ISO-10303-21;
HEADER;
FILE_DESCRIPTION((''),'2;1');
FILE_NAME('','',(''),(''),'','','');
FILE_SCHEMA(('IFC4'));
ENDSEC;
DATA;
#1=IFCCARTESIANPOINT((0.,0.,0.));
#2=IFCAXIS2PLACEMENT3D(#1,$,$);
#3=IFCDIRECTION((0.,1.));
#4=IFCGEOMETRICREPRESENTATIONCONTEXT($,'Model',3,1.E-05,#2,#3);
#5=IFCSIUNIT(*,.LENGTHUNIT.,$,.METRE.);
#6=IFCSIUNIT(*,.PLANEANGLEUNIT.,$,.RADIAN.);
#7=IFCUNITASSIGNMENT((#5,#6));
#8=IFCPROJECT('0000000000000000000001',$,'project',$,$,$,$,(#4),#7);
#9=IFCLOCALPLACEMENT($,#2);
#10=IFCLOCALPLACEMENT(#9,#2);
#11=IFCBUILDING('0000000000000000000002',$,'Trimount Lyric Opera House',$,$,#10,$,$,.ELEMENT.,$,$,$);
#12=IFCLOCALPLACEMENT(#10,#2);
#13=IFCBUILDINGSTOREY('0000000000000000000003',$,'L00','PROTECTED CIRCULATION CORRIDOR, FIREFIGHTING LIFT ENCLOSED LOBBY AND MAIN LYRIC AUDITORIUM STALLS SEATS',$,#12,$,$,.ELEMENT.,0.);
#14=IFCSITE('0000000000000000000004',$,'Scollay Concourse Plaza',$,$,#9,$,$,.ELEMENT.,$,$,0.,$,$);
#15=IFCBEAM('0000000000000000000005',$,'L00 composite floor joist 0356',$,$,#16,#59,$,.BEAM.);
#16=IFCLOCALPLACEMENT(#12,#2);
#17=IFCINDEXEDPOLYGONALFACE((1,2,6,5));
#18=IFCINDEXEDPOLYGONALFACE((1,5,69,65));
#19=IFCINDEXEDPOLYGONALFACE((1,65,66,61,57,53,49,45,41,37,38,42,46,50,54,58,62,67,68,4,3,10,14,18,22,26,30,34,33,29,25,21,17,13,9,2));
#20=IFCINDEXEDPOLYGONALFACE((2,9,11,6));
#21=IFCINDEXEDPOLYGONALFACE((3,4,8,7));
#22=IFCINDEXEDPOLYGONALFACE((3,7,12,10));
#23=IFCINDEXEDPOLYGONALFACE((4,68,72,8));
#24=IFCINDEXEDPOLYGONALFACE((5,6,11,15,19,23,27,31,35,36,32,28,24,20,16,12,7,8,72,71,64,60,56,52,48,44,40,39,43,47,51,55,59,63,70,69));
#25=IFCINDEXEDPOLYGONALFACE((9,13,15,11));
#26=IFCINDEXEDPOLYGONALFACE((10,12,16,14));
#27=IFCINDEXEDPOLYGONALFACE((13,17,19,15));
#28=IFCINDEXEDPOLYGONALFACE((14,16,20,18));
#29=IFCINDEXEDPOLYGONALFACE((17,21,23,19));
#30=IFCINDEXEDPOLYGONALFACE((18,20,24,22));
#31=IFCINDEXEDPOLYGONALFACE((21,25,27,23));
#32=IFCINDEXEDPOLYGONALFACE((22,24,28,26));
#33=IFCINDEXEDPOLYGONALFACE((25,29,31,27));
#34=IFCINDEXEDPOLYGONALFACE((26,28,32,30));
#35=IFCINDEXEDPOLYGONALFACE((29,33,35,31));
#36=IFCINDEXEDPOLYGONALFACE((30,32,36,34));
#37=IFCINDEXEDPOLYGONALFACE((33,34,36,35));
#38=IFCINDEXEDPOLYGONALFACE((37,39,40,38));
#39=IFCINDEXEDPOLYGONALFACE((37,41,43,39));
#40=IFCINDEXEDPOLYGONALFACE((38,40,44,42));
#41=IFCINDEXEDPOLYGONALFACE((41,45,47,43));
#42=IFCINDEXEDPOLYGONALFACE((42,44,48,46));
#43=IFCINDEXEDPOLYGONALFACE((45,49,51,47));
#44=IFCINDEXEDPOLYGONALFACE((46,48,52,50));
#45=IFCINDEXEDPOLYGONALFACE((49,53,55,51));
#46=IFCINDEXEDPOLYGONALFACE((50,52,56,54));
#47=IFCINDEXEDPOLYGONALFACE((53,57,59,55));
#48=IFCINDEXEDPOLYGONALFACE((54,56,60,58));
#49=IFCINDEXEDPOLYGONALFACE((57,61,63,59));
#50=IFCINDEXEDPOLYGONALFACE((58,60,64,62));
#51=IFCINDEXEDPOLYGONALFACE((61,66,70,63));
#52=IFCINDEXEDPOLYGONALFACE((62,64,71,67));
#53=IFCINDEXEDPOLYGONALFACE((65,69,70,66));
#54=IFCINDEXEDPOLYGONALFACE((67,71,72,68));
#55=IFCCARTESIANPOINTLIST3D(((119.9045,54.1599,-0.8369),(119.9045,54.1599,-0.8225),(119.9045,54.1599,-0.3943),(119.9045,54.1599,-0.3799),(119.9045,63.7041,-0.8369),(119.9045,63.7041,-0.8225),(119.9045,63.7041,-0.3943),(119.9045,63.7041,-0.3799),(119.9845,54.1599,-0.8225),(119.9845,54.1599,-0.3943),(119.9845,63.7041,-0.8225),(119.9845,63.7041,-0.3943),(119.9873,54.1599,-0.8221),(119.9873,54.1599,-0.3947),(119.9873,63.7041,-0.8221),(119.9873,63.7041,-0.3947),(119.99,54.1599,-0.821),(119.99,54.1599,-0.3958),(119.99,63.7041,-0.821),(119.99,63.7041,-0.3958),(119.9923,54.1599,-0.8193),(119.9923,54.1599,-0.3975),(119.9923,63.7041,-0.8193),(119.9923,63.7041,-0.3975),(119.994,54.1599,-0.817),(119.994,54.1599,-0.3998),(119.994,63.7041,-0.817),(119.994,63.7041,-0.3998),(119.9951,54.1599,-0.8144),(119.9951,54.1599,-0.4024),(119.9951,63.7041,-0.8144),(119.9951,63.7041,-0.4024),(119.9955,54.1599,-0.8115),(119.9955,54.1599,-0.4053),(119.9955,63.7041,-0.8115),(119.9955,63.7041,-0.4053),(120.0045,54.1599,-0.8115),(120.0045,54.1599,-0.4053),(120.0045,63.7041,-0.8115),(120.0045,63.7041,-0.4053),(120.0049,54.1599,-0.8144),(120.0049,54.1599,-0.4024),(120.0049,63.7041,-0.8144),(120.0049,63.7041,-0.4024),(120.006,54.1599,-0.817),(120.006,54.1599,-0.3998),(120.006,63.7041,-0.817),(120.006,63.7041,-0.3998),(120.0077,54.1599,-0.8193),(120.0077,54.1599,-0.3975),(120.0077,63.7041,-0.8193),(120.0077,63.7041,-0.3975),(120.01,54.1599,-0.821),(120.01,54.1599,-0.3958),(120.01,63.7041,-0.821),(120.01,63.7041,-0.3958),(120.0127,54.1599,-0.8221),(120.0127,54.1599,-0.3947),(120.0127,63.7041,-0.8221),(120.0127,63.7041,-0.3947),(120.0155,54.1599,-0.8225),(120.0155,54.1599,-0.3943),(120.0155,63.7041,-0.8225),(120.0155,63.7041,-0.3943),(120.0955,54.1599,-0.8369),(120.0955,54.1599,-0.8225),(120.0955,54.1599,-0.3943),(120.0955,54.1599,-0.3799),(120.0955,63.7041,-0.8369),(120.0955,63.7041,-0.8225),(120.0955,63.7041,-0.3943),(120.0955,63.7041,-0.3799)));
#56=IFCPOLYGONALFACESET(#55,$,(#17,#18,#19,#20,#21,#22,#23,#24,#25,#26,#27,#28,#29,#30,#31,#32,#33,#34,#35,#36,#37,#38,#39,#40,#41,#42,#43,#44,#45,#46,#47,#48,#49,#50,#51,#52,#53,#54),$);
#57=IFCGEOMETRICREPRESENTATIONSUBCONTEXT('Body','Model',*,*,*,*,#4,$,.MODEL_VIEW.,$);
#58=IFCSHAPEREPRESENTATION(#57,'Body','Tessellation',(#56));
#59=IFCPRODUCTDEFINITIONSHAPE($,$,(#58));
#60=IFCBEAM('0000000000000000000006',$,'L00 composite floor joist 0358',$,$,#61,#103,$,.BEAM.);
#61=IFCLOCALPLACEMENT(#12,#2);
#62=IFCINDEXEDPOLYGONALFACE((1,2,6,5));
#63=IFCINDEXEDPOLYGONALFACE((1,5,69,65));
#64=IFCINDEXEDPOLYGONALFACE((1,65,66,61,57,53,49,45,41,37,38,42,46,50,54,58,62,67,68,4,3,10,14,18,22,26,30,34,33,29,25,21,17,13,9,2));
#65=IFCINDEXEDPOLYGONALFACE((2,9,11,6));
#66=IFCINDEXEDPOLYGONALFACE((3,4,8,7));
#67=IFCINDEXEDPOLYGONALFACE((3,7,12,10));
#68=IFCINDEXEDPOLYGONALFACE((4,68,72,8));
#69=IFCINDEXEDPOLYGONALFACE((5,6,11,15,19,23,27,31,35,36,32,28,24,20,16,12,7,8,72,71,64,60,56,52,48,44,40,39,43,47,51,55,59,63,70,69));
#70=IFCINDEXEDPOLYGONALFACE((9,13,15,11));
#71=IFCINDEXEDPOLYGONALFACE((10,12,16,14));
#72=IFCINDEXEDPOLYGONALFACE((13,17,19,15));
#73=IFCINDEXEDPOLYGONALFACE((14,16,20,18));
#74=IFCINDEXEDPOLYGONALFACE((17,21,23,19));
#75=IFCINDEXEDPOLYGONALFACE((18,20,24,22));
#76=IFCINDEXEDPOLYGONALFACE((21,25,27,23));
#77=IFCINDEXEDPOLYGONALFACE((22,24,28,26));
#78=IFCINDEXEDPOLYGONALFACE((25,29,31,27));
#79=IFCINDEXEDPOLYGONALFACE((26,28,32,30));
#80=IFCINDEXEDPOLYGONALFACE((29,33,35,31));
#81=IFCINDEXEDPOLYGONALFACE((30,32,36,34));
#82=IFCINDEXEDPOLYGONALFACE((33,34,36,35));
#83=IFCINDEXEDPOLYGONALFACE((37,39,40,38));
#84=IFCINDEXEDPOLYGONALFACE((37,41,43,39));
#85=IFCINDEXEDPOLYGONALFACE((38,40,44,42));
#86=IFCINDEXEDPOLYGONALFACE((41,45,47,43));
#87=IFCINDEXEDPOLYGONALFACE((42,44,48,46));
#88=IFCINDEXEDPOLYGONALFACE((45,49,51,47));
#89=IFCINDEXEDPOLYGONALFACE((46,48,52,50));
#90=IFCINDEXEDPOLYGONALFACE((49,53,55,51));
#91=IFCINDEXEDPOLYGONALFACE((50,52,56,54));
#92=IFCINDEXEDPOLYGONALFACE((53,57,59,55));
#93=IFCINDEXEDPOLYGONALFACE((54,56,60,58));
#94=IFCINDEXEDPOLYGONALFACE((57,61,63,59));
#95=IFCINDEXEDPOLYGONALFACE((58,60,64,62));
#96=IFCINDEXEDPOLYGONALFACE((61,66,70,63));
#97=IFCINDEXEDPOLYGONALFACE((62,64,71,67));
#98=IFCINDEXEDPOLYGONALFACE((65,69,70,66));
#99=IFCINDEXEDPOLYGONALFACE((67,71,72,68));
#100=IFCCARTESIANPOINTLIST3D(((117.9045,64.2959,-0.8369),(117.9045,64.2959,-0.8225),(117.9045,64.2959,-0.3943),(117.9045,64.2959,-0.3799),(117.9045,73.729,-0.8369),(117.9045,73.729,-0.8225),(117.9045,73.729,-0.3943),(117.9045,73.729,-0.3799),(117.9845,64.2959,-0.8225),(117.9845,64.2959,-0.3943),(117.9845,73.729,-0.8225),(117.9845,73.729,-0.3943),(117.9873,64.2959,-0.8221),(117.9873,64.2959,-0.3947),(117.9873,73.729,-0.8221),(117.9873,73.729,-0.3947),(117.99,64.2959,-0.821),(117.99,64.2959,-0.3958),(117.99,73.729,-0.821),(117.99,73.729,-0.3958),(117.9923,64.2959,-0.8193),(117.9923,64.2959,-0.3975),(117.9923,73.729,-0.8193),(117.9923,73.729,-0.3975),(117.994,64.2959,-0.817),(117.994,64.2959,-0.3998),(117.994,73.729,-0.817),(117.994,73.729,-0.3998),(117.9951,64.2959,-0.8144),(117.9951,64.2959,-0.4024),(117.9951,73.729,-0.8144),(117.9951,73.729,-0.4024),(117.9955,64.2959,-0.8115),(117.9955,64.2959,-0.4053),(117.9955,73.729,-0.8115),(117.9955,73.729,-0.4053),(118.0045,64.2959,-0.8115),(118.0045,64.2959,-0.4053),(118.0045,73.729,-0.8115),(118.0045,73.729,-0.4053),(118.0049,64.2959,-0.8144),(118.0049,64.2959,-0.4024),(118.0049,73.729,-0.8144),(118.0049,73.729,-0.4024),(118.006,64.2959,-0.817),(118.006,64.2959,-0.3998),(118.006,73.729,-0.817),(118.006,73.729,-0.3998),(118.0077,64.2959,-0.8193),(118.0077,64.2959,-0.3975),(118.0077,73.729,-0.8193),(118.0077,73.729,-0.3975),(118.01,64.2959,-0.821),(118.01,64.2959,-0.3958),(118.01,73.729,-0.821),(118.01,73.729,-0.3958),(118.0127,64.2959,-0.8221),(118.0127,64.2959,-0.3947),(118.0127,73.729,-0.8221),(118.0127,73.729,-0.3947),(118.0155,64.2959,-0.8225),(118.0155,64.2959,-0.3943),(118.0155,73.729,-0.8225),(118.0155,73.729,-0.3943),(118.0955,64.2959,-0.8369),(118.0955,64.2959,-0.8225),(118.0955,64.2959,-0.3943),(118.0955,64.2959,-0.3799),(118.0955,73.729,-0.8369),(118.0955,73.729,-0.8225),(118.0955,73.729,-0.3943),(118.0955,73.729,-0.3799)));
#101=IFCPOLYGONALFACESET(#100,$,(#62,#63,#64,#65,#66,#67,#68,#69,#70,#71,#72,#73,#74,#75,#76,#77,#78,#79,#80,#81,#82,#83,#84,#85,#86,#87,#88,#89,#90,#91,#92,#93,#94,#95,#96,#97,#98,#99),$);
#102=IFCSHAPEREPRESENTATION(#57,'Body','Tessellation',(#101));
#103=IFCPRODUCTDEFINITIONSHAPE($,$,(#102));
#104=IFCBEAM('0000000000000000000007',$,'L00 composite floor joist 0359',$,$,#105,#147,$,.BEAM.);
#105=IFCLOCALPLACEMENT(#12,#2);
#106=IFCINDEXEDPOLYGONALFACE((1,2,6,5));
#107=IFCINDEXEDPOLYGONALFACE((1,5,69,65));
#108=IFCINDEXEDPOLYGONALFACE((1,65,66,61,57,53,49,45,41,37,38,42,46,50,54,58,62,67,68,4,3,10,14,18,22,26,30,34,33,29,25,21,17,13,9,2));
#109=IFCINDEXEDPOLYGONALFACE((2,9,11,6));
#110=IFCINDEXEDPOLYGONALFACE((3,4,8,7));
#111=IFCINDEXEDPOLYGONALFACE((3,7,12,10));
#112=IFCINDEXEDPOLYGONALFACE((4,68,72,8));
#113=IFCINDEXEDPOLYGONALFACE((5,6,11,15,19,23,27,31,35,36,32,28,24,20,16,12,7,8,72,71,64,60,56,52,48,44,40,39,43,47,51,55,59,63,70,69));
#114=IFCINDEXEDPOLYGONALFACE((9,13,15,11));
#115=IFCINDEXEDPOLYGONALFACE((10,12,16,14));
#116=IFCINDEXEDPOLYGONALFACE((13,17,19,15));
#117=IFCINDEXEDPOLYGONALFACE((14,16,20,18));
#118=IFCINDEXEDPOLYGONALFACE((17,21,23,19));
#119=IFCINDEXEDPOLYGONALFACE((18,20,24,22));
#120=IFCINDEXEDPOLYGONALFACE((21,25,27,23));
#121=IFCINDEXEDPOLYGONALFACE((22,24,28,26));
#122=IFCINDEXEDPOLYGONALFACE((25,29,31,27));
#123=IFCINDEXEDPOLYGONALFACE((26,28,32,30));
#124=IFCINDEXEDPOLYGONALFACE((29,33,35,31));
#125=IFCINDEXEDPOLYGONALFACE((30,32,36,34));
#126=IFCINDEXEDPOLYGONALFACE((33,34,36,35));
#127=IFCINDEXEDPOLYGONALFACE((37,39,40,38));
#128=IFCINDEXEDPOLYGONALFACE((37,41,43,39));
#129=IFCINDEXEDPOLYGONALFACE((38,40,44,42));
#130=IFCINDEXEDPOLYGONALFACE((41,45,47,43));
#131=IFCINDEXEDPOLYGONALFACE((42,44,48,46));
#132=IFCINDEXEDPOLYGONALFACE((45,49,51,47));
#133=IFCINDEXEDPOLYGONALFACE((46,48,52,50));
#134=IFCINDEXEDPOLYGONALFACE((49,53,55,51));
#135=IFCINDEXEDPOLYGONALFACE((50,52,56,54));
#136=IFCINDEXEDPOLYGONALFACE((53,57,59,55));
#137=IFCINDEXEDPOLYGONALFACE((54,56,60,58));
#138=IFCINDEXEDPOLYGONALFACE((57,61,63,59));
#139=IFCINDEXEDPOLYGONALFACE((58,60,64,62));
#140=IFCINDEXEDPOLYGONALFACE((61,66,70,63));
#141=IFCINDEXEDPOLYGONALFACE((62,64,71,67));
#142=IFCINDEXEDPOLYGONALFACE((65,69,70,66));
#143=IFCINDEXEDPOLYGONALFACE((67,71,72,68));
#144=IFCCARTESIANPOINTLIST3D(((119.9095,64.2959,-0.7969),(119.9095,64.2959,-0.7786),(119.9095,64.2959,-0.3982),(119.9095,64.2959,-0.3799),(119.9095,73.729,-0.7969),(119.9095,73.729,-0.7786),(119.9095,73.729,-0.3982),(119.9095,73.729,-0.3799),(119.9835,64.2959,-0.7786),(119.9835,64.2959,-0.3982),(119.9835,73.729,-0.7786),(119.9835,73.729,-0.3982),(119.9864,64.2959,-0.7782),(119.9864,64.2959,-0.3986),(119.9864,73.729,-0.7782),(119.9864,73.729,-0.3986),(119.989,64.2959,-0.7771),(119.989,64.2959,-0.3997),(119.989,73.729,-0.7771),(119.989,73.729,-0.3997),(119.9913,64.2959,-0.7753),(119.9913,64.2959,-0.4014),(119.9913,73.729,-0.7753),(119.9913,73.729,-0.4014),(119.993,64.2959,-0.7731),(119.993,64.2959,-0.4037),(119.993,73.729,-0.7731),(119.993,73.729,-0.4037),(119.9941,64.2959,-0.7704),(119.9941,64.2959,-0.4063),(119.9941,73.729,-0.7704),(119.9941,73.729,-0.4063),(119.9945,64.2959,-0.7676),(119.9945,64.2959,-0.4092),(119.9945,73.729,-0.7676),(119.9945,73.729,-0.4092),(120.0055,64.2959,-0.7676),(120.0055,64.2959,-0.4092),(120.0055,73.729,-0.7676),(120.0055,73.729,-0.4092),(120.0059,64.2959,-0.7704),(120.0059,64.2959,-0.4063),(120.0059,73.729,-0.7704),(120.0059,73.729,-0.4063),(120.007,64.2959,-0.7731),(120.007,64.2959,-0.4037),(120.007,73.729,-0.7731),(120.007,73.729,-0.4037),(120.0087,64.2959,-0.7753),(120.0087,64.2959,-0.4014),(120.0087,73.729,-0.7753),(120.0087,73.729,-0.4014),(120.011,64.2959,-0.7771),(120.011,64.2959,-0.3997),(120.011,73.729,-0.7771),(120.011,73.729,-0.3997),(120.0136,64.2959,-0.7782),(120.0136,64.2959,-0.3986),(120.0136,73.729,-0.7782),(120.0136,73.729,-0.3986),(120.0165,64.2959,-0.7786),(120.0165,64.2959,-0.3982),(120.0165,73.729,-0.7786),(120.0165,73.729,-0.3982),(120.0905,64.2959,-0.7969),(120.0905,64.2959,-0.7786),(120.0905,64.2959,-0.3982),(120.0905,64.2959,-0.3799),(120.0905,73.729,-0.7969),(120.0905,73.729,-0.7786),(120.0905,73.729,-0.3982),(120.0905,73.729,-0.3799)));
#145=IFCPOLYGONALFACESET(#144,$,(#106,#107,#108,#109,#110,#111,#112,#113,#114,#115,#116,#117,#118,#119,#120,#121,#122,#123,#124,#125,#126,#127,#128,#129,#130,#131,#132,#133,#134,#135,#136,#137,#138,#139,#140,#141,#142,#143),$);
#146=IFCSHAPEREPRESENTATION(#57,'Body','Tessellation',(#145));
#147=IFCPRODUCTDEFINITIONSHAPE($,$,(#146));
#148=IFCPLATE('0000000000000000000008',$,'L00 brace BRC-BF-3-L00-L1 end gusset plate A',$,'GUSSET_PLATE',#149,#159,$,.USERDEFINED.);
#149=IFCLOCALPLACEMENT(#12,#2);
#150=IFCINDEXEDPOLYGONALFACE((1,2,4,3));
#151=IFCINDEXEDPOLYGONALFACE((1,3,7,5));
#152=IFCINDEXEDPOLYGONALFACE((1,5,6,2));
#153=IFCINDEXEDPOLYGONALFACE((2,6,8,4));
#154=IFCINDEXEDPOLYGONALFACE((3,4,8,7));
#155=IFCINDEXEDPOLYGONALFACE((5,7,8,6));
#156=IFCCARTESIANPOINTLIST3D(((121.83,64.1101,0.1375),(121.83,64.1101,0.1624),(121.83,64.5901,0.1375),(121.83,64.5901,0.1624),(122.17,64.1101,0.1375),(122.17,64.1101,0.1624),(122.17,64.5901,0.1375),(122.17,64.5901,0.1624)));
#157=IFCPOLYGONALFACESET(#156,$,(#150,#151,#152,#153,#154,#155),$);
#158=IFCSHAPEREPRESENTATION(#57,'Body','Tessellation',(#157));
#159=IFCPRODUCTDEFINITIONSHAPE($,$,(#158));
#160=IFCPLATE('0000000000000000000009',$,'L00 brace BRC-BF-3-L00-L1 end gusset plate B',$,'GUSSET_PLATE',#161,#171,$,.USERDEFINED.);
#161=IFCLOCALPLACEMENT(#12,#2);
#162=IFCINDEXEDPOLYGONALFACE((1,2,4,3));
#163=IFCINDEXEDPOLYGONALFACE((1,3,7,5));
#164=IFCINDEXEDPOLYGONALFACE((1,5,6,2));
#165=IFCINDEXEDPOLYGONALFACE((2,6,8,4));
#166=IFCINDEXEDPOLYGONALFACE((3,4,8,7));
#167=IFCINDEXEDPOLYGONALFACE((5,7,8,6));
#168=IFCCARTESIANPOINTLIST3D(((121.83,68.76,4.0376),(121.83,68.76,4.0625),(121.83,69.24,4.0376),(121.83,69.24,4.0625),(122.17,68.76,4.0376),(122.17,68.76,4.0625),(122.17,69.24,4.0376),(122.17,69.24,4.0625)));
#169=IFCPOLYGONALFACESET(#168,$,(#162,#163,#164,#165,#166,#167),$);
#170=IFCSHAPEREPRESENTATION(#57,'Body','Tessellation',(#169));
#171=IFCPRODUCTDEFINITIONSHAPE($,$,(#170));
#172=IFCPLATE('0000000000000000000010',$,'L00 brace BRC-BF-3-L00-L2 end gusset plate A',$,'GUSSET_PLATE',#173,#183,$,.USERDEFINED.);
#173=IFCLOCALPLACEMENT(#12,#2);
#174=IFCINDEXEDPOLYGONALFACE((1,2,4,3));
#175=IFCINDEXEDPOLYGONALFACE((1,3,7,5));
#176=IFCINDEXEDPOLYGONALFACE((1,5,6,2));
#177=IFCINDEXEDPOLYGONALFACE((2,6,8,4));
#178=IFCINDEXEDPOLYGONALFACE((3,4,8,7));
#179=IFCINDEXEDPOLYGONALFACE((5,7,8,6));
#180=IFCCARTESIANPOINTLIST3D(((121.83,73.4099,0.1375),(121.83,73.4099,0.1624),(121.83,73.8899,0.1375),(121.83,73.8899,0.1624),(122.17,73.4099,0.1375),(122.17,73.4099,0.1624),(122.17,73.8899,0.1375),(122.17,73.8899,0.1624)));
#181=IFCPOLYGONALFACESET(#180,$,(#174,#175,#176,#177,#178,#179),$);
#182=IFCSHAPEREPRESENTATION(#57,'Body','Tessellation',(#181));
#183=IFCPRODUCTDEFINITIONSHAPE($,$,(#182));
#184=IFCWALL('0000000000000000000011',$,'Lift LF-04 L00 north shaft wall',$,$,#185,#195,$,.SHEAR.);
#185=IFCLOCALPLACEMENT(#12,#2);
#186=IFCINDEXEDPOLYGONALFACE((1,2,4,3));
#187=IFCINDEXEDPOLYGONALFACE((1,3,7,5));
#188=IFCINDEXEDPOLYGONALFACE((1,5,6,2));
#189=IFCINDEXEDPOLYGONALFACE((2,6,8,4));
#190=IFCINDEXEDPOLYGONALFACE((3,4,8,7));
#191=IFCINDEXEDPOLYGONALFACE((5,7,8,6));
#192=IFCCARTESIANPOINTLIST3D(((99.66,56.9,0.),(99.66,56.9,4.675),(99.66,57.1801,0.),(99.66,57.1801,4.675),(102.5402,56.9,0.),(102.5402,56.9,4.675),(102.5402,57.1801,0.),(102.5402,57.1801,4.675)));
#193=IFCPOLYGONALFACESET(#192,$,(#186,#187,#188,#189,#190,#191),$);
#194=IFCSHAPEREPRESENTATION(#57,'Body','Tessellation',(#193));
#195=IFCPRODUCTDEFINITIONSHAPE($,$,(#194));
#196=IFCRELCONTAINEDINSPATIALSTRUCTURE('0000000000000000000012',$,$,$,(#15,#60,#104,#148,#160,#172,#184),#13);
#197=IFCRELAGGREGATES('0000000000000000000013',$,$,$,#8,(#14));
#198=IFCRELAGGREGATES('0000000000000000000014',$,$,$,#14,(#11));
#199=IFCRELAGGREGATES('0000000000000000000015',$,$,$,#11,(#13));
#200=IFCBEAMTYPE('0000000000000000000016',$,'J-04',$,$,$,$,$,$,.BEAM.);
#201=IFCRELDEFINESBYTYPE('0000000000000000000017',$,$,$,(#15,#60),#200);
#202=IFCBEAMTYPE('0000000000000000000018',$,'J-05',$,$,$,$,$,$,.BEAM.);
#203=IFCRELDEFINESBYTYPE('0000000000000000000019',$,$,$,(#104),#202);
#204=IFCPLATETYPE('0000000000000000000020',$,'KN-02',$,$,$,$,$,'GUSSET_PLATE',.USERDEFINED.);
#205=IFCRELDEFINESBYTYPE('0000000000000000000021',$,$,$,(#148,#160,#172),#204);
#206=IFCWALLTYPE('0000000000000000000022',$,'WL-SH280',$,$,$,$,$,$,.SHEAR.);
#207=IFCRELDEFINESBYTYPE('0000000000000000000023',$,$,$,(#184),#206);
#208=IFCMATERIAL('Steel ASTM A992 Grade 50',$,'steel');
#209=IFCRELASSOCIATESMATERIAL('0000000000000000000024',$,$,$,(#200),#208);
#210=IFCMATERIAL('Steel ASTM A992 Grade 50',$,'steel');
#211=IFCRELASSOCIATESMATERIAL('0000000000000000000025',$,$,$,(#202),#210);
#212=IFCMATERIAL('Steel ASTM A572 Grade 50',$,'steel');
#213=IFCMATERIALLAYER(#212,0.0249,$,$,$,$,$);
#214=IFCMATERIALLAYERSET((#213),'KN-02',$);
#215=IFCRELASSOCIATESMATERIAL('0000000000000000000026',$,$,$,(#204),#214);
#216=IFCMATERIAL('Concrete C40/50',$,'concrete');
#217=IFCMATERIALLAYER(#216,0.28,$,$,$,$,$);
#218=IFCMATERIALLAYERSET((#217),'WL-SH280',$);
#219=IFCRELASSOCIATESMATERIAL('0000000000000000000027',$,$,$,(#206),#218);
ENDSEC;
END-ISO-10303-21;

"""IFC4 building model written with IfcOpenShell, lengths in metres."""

from ifc_helpers import new_model, si_unit, direction, frame, frame_2d, origin, origin_2d, place, context, subcontext, project, spatial, rectangle, i_section, extrude, material, layer, layer_set, material_profile, profile_set, type_object, element, save


model = new_model("IFC4")

# Units and contexts
model_context = context("Model", 3, precision=1e-05, world=origin(), true_north=direction((0.0, 1.0)))
body_context = subcontext(model_context, "Body", "Model", "MODEL_VIEW")
ifc_project = project(units=[si_unit("LENGTHUNIT", "METRE"), si_unit("PLANEANGLEUNIT", "RADIAN")], contexts=[model_context])

# Site, building, storey
site_placement = place(None, origin())
site = spatial("IfcSite", under=ifc_project, at=site_placement, Name="Scollay Concourse Plaza", CompositionType="ELEMENT", RefElevation=0.0)
building_placement = place(site_placement, origin())
building = spatial("IfcBuilding", under=site, at=building_placement, Name="Trimount Lyric Opera House", CompositionType="ELEMENT")
storey_placement = place(building_placement, origin())
storey = spatial("IfcBuildingStorey", under=building, at=storey_placement, Name="L00", Description="PROTECTED CIRCULATION CORRIDOR, FIREFIGHTING LIFT ENCLOSED LOBBY AND MAIN LYRIC AUDITORIUM STALLS SEATS", CompositionType="ELEMENT", Elevation=0.0)

# Beams
ifc_material_1 = material(Name="Steel ASTM A992 Grade 50", Category="steel")
ifc_material_profile_1 = material_profile(ifc_material_1, i_section(OverallWidth=0.1909, OverallDepth=0.457, WebThickness=0.009, FlangeThickness=0.0144, FilletRadius=0.011, at=origin_2d()), Name="W18X50")
ifc_profile_set_1 = profile_set([ifc_material_profile_1], Name="Steel ASTM A992 Grade 50")
beam_type_1 = type_object("IfcBeamType", Name="J-04", PredefinedType="BEAM", material=ifc_profile_set_1)
for number, where, z_axis, x_axis, name in (
    (1, (120.0, 54.1599, -0.6084), (0.0, 1.0, 0.0), (-1.0, 0.0, 0.0), "L00 composite floor joist 0356"),
):
    element("IfcBeam", number, at=place(storey_placement, frame(where, z_axis=z_axis, x_axis=x_axis)), inside=storey, type_object=beam_type_1, Name=name, PredefinedType="BEAM", context=body_context, shape_type="SweptSolid", body=[
        extrude(i_section(OverallWidth=0.1909, OverallDepth=0.457, WebThickness=0.009, FlangeThickness=0.0144, FilletRadius=0.011, at=origin_2d()), origin(), (0.0, 0.0, 1.0), 9.5442),
    ])
beam_1_placement = place(storey_placement, frame((118.0, 64.2959, -0.6084), z_axis=(0.0, 1.0, 0.0), x_axis=(-1.0, 0.0, 0.0)))
element("IfcBeam", 2, at=beam_1_placement, inside=storey, type_object=beam_type_1, Name="L00 composite floor joist 0358", PredefinedType="BEAM", context=body_context, shape_type="SweptSolid", body=[
    extrude(i_section(OverallWidth=0.1909, OverallDepth=0.457, WebThickness=0.009, FlangeThickness=0.0144, FilletRadius=0.011, at=origin_2d()), origin(), (0.0, 0.0, 1.0), 9.4331),
])
ifc_material_2 = material(Name="Steel ASTM A992 Grade 50", Category="steel")
ifc_material_profile_2 = material_profile(ifc_material_2, i_section(OverallWidth=0.1809, OverallDepth=0.417, WebThickness=0.011, FlangeThickness=0.0183, FilletRadius=0.011, at=origin_2d()), Name="W16X57")
ifc_profile_set_2 = profile_set([ifc_material_profile_2], Name="Steel ASTM A992 Grade 50")
beam_type_2 = type_object("IfcBeamType", Name="J-05", PredefinedType="BEAM", material=ifc_profile_set_2)
beam_2_placement = place(storey_placement, frame((120.0, 64.2959, -0.5884), z_axis=(0.0, 1.0, 0.0), x_axis=(-1.0, 0.0, 0.0)))
element("IfcBeam", 3, at=beam_2_placement, inside=storey, type_object=beam_type_2, Name="L00 composite floor joist 0359", PredefinedType="BEAM", context=body_context, shape_type="SweptSolid", body=[
    extrude(i_section(OverallWidth=0.1809, OverallDepth=0.417, WebThickness=0.011, FlangeThickness=0.0183, FilletRadius=0.011, at=origin_2d()), origin(), (0.0, 0.0, 1.0), 9.4331),
])

# Plates
ifc_material_3 = material(Name="Steel ASTM A572 Grade 50", Category="steel")
ifc_layer_1 = layer(ifc_material_3, 0.0249)
ifc_layer_set_1 = layer_set([ifc_layer_1], Name="KN-02")
plate_type = type_object("IfcPlateType", Name="KN-02", ElementType="GUSSET_PLATE", PredefinedType="USERDEFINED", material=ifc_layer_set_1)
for number, where, z_axis, x_axis, name in (
    (4, (122.0, 64.3501, 0.1375), (0.0, 0.0, 1.0), (0.0, 1.0, 0.0), "L00 brace BRC-BF-3-L00-L1 end gusset plate A"),
    (5, (122.0, 69.0, 4.0376), (0.0, 0.0, 1.0), (0.0, 1.0, 0.0), "L00 brace BRC-BF-3-L00-L1 end gusset plate B"),
    (6, (122.0, 73.6499, 0.1375), (0.0, 0.0, 1.0), (0.0, -1.0, 0.0), "L00 brace BRC-BF-3-L00-L2 end gusset plate A"),
):
    element("IfcPlate", number, at=place(storey_placement, frame(where, z_axis=z_axis, x_axis=x_axis)), inside=storey, type_object=plate_type, Name=name, ObjectType="GUSSET_PLATE", PredefinedType="USERDEFINED", context=body_context, shape_type="SweptSolid", body=[
        extrude(rectangle(XDim=0.48, YDim=0.3401, at=origin_2d()), origin(), (0.0, 0.0, 1.0), 0.0249),
    ])

# Wall
ifc_material_4 = material(Name="Concrete C40/50", Category="concrete")
ifc_layer_2 = layer(ifc_material_4, 0.28)
ifc_layer_set_2 = layer_set([ifc_layer_2], Name="WL-SH280")
wall_type_1 = type_object("IfcWallType", Name="WL-SH280", PredefinedType="SHEAR", material=ifc_layer_set_2)
wall_1_placement = place(storey_placement, frame((102.54, 57.04, 0.0), z_axis=(0.0, 0.0, 1.0), x_axis=(-1.0, 0.0, 0.0)))
element("IfcWall", 7, at=wall_1_placement, inside=storey, type_object=wall_type_1, Name="Lift LF-04 L00 north shaft wall", PredefinedType="SHEAR", context=body_context, shape_type="SweptSolid", body=[
    extrude(rectangle(XDim=2.8801, YDim=0.28, at=frame_2d((1.4399, 0.0))), origin(), (0.0, 0.0, 1.0), 4.675),
])

save(model, "model.ifc")
